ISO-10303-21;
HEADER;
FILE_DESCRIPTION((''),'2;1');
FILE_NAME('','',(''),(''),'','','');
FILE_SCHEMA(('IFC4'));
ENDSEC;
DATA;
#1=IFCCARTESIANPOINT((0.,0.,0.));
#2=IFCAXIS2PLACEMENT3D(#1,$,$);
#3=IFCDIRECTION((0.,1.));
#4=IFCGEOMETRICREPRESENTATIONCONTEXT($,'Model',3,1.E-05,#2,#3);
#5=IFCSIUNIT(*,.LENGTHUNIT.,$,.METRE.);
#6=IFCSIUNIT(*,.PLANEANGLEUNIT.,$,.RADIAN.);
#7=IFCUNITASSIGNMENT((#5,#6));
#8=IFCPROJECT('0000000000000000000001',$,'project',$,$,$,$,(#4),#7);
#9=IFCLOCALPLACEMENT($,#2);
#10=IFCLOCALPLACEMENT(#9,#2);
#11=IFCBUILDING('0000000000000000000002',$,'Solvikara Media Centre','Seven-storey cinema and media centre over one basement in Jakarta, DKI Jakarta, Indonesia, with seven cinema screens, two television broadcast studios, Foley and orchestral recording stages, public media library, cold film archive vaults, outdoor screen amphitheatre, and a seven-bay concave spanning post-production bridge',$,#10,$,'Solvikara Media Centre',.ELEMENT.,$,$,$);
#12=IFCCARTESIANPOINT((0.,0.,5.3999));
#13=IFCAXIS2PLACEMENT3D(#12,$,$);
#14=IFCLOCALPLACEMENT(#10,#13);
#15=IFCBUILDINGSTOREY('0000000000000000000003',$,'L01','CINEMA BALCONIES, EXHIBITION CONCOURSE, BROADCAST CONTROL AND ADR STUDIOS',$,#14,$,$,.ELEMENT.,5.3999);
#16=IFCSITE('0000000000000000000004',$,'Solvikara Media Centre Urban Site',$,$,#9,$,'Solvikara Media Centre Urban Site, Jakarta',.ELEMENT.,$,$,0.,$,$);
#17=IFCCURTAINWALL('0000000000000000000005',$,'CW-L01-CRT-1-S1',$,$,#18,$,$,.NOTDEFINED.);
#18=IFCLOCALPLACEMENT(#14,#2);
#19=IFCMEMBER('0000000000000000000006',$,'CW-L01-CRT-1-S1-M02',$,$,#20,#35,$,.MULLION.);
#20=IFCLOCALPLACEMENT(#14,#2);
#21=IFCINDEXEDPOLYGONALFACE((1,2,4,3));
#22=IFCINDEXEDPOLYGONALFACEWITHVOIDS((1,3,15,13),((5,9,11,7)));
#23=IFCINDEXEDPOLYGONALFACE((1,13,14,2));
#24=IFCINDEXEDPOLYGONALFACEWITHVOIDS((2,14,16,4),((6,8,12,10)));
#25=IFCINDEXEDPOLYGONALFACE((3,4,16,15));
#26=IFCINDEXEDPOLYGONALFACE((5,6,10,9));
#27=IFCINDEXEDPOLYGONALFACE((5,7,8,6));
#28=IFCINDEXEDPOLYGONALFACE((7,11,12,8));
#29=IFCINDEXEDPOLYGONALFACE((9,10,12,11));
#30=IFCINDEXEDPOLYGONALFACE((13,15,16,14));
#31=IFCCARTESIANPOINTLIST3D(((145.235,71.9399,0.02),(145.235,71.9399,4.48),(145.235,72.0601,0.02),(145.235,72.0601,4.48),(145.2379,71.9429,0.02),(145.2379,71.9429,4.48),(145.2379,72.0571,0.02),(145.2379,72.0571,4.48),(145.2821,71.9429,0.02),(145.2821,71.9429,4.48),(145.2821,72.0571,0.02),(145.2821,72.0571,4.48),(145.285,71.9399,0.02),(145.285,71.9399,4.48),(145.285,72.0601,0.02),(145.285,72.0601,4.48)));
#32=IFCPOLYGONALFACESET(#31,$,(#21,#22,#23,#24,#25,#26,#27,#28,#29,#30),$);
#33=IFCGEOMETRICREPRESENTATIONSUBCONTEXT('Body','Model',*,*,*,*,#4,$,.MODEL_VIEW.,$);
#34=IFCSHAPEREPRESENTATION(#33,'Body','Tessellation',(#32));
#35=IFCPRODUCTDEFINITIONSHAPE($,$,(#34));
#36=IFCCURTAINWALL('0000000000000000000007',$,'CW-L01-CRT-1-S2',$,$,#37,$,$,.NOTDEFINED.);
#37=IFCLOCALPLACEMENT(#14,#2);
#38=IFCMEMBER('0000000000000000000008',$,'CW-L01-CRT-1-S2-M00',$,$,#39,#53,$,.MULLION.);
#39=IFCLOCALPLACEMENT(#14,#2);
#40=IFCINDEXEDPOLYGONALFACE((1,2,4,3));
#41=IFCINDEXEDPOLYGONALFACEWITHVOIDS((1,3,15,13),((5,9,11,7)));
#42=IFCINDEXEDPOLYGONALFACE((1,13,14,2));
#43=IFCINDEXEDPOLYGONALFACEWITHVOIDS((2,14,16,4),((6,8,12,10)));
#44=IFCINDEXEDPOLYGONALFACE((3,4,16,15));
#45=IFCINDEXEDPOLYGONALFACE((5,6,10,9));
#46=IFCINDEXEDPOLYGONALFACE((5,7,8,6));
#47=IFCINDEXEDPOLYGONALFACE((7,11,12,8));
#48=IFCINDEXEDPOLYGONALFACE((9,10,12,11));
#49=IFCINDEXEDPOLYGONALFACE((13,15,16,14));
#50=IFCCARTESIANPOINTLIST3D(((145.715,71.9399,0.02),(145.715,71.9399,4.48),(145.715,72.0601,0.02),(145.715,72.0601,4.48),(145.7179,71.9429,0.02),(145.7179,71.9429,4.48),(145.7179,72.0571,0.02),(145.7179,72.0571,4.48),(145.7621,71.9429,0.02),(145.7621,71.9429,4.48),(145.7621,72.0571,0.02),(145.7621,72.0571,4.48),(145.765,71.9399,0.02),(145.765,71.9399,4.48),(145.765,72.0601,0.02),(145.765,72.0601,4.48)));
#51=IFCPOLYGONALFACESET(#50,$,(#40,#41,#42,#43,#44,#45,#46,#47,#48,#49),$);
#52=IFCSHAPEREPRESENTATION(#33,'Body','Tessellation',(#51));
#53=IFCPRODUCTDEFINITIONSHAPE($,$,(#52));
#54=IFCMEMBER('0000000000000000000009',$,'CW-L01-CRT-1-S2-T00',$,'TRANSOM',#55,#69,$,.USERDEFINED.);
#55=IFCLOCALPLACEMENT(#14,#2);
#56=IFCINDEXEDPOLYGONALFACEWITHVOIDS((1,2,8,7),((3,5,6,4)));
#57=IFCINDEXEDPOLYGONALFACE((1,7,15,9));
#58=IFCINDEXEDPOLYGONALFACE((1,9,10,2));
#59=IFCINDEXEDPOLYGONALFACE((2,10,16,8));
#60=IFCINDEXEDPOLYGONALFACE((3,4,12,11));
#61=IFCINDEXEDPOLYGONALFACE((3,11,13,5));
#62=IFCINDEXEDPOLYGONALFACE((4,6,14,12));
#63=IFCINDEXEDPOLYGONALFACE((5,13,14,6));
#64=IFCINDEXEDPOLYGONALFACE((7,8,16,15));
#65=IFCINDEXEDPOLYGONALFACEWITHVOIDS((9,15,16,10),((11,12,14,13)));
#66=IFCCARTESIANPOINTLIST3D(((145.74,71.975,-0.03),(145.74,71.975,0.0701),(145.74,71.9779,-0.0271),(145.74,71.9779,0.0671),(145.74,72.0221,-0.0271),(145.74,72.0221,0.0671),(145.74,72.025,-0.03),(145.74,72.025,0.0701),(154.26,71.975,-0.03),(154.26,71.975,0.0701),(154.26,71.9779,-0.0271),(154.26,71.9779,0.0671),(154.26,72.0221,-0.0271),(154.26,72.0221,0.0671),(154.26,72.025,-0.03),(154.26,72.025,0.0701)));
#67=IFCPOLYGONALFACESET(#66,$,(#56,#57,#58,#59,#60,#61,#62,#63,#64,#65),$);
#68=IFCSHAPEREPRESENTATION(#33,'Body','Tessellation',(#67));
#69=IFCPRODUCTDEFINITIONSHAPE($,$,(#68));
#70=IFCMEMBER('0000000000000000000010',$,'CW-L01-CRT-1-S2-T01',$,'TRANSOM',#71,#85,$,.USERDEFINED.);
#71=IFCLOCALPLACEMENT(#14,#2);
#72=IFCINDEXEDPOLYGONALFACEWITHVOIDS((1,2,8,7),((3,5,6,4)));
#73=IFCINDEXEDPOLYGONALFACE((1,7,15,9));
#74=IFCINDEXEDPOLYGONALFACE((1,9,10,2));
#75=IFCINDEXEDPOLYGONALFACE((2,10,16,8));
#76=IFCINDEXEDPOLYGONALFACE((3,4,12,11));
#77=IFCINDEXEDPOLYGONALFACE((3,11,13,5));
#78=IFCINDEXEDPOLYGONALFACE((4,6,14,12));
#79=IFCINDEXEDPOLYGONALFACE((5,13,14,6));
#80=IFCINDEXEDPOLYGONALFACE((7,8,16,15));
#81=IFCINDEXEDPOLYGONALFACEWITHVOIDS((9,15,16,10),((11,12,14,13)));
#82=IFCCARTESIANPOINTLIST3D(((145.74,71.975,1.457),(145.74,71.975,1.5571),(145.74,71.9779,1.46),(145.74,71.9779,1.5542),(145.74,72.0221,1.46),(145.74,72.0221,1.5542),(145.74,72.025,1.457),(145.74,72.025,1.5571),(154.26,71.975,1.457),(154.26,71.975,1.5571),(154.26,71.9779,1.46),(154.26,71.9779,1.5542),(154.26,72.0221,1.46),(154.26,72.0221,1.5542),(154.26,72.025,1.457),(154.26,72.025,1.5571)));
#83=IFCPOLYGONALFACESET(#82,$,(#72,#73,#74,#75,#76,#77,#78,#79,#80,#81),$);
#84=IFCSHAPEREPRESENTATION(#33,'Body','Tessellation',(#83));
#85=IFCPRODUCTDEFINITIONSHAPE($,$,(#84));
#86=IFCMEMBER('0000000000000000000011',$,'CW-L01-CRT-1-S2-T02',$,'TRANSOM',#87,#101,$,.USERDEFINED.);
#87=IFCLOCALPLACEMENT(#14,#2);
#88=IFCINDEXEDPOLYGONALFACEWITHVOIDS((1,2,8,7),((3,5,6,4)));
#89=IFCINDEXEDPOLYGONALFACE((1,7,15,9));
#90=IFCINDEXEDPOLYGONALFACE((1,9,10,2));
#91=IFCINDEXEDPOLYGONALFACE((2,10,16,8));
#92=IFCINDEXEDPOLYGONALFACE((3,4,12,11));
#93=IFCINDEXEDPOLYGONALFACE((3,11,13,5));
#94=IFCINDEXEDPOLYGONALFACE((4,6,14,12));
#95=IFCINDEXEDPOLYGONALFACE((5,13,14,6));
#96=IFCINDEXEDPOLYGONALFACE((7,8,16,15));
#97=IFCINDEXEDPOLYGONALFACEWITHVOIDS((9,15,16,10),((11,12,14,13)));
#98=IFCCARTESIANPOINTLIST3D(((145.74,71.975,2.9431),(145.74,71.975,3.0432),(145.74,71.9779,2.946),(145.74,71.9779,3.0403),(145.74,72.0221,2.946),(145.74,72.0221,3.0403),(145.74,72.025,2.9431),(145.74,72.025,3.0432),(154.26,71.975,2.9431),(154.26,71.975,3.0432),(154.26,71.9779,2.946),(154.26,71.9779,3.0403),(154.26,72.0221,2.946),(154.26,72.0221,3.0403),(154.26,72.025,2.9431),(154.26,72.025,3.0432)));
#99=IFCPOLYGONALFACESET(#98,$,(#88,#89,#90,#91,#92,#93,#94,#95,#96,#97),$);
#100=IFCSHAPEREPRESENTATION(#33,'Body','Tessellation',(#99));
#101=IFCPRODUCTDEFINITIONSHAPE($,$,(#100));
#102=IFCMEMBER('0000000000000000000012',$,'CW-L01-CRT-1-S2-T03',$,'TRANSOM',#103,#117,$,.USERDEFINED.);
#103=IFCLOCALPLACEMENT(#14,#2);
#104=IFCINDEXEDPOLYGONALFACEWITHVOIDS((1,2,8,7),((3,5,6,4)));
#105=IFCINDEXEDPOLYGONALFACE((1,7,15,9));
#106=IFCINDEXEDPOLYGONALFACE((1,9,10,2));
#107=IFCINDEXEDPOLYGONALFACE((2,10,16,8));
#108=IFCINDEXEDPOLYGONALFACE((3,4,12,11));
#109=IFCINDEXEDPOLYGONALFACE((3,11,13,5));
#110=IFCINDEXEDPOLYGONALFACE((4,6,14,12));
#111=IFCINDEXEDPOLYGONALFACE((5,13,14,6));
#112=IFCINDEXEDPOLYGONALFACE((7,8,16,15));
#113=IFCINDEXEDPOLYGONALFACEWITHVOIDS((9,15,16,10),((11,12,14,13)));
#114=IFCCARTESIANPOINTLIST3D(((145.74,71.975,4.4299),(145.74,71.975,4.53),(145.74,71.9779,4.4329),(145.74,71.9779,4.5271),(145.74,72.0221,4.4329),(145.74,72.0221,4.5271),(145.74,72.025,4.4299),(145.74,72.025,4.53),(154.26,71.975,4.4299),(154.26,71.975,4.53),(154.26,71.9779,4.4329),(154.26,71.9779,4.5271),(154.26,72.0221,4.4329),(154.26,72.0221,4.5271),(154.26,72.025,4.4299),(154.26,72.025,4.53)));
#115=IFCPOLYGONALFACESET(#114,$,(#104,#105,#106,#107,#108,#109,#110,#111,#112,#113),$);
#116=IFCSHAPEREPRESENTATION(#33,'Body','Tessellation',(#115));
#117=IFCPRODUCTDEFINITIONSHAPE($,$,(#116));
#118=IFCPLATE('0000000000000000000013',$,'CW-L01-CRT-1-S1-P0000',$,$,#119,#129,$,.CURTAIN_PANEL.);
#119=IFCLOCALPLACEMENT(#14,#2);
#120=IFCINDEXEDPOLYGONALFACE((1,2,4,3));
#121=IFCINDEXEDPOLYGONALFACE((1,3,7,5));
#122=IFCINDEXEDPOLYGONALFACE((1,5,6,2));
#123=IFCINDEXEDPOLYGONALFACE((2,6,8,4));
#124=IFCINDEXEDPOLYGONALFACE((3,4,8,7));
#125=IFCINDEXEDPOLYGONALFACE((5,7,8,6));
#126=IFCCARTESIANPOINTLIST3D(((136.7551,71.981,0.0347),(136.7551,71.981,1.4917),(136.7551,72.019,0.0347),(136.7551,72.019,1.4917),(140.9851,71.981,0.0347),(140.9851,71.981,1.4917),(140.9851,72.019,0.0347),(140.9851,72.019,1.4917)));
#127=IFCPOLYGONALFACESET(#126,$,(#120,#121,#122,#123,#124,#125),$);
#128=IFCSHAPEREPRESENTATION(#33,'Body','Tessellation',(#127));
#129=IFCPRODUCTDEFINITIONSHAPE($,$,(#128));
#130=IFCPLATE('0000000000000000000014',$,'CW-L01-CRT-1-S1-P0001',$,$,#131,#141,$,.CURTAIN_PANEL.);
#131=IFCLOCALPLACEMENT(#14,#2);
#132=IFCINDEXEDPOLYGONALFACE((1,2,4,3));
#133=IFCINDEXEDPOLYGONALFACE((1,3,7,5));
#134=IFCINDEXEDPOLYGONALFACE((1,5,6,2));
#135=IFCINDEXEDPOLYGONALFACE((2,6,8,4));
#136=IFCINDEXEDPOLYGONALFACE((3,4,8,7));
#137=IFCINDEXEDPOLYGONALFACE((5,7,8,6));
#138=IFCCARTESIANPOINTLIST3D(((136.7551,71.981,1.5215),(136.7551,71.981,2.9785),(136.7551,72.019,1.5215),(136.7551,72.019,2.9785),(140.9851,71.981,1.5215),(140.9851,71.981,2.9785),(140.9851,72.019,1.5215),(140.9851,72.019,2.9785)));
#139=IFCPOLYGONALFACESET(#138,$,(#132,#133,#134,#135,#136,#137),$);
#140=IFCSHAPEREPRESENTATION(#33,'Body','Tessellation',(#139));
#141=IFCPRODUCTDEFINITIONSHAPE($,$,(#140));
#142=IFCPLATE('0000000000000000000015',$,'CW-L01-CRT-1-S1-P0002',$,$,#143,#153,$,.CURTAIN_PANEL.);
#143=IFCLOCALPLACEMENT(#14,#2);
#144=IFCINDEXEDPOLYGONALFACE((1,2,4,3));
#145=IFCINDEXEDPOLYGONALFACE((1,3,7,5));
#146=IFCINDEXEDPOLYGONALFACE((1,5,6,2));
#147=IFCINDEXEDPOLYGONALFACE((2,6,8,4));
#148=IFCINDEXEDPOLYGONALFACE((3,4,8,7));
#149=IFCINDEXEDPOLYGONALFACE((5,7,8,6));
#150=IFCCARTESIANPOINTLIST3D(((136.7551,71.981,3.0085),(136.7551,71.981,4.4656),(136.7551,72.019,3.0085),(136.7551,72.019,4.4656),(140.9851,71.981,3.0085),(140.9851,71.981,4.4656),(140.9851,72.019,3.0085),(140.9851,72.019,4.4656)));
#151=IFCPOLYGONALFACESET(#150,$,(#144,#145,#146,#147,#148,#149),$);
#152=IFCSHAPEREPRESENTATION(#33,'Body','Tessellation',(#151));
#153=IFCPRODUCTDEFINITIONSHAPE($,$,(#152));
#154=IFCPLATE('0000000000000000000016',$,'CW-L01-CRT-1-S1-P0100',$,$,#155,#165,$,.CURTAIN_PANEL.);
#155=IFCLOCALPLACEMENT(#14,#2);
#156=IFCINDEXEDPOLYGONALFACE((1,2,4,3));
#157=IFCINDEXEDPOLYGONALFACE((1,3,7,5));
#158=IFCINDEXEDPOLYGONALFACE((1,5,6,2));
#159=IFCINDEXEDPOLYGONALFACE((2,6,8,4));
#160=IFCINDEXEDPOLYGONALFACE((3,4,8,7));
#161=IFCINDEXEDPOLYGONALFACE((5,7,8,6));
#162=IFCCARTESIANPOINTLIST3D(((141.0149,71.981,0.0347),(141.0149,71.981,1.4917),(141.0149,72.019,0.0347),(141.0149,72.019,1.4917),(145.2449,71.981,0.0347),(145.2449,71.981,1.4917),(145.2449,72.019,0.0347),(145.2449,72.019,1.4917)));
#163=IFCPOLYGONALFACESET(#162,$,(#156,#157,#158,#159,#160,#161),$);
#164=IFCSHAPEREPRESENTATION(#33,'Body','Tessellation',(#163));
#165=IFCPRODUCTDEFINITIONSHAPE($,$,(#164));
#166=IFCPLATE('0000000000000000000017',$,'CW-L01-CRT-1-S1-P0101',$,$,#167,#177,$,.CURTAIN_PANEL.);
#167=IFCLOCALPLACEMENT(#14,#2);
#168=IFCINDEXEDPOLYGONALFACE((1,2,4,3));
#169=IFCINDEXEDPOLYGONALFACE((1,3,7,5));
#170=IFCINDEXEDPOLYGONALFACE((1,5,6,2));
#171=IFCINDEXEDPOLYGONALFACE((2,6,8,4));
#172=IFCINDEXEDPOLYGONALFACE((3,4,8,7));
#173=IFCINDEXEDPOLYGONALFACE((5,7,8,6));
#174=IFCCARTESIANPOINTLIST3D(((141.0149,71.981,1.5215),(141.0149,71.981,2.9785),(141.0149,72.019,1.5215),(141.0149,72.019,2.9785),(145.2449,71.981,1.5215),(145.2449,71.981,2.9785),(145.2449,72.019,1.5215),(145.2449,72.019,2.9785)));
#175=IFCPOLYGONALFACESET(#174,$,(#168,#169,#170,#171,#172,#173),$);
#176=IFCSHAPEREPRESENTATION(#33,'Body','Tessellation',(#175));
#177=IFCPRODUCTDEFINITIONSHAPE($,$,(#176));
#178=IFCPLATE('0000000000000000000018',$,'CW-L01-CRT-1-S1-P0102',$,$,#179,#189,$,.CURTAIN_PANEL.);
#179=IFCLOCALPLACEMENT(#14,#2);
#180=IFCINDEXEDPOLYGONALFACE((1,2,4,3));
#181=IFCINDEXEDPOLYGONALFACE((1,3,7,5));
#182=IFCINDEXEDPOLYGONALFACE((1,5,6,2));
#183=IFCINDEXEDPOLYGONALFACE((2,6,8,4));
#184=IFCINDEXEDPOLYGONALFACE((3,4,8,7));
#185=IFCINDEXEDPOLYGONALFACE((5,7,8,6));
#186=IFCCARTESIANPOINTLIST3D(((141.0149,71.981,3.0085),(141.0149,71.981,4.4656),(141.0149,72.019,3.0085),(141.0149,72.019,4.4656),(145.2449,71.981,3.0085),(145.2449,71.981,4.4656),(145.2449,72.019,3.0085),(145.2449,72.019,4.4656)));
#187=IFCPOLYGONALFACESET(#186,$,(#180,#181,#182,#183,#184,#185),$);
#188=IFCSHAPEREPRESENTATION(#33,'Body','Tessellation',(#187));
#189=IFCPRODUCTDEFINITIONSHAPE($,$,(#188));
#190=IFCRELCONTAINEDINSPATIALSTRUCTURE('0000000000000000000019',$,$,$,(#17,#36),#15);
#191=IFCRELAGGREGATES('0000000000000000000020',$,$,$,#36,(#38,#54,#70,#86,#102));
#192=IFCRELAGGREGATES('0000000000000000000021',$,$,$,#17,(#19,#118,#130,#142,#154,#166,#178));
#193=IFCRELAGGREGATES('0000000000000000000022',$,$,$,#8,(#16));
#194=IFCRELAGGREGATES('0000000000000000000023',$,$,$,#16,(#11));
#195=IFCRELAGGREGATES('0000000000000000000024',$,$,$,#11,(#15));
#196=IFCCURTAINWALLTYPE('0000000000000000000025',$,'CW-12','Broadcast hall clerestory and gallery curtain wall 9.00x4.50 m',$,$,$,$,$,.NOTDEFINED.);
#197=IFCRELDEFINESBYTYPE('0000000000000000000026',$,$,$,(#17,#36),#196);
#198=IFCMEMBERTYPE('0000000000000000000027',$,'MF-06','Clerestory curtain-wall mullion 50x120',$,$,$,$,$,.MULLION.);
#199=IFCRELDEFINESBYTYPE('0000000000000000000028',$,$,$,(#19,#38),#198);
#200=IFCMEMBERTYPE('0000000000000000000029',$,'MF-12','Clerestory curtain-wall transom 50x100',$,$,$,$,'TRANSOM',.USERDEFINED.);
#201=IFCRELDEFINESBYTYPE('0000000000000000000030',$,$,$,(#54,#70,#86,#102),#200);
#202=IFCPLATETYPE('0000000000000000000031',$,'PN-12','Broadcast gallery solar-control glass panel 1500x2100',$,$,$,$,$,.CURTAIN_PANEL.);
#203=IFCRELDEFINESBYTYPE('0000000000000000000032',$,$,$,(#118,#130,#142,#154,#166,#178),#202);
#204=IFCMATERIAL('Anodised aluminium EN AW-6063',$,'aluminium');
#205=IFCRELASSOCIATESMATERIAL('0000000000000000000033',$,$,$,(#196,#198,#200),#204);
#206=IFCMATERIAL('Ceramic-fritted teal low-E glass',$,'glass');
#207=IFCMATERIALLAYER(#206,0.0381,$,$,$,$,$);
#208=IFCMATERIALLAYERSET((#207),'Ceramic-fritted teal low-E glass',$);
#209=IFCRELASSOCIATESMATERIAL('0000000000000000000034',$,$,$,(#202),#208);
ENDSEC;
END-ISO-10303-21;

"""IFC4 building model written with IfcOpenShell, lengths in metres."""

from ifc_helpers import new_model, si_unit, direction, frame, origin, origin_2d, place, context, subcontext, project, spatial, rectangle, hollow_rectangle, extrude, material, layer, layer_set, material_profile, profile_set, type_object, element, aggregate, save


model = new_model("IFC4")

# Units and contexts
model_context = context("Model", 3, precision=1e-05, world=origin(), true_north=direction((0.0, 1.0)))
body_context = subcontext(model_context, "Body", "Model", "MODEL_VIEW")
ifc_project = project(units=[si_unit("LENGTHUNIT", "METRE"), si_unit("PLANEANGLEUNIT", "RADIAN")], contexts=[model_context])

# Site, building, storey
site_placement = place(None, origin())
site = spatial("IfcSite", under=ifc_project, at=site_placement, Name="Solvikara Media Centre Urban Site", LongName="Solvikara Media Centre Urban Site, Jakarta", CompositionType="ELEMENT", RefElevation=0.0)
building_placement = place(site_placement, origin())
building = spatial("IfcBuilding", under=site, at=building_placement, Name="Solvikara Media Centre", Description="Seven-storey cinema and media centre over one basement in Jakarta, DKI Jakarta, Indonesia, with seven cinema screens, two television broadcast studios, Foley and orchestral recording stages, public media library, cold film archive vaults, outdoor screen amphitheatre, and a seven-bay concave spanning post-production bridge", LongName="Solvikara Media Centre", CompositionType="ELEMENT")
storey_placement = place(building_placement, frame((0.0, 0.0, 5.3999)))
storey = spatial("IfcBuildingStorey", under=building, at=storey_placement, Name="L01", Description="CINEMA BALCONIES, EXHIBITION CONCOURSE, BROADCAST CONTROL AND ADR STUDIOS", CompositionType="ELEMENT", Elevation=5.3999)

# Curtain walls, members
ifc_material_1 = material(Name="Anodised aluminium EN AW-6063", Category="aluminium")
curtain_wall_type = type_object("IfcCurtainWallType", Name="CW-12", Description="Broadcast hall clerestory and gallery curtain wall 9.00x4.50 m", PredefinedType="NOTDEFINED", material=ifc_material_1)
curtain_wall_1_placement = place(storey_placement, origin())
curtain_wall_1 = element("IfcCurtainWall", 1, at=curtain_wall_1_placement, inside=storey, type_object=curtain_wall_type, Name="CW-L01-CRT-1-S1", PredefinedType="NOTDEFINED")
ifc_material_profile_1 = material_profile(ifc_material_1, hollow_rectangle(XDim=0.05, YDim=0.1201, WallThickness=0.0029, at=origin_2d()), Name="ALU-M 50x120x3")
ifc_profile_set_1 = profile_set([ifc_material_profile_1], Name="Anodised aluminium EN AW-6063")
member_type_1 = type_object("IfcMemberType", Name="MF-06", Description="Clerestory curtain-wall mullion 50x120", PredefinedType="MULLION", material=ifc_profile_set_1)
member_1_placement = place(storey_placement, frame((145.26, 72.0, 0.02), z_axis=(0.0, 0.0, 1.0), x_axis=(1.0, 0.0, 0.0)))
member_1 = element("IfcMember", 2, at=member_1_placement, type_object=member_type_1, Name="CW-L01-CRT-1-S1-M02", PredefinedType="MULLION", context=body_context, shape_type="SweptSolid", body=[
    extrude(hollow_rectangle(XDim=0.05, YDim=0.1201, WallThickness=0.0029, at=origin_2d()), origin(), (0.0, 0.0, 1.0), 4.46),
])
curtain_wall_2_placement = place(storey_placement, origin())
curtain_wall_2 = element("IfcCurtainWall", 3, at=curtain_wall_2_placement, inside=storey, type_object=curtain_wall_type, Name="CW-L01-CRT-1-S2", PredefinedType="NOTDEFINED")
member_2_placement = place(storey_placement, frame((145.74, 72.0, 0.02), z_axis=(0.0, 0.0, 1.0), x_axis=(1.0, 0.0, 0.0)))
member_2 = element("IfcMember", 4, at=member_2_placement, type_object=member_type_1, Name="CW-L01-CRT-1-S2-M00", PredefinedType="MULLION", context=body_context, shape_type="SweptSolid", body=[
    extrude(hollow_rectangle(XDim=0.05, YDim=0.1201, WallThickness=0.0029, at=origin_2d()), origin(), (0.0, 0.0, 1.0), 4.46),
])
ifc_material_profile_2 = material_profile(ifc_material_1, hollow_rectangle(XDim=0.05, YDim=0.1001, WallThickness=0.0029, at=origin_2d()), Name="ALU-T 50x100x3")
ifc_profile_set_2 = profile_set([ifc_material_profile_2], Name="Anodised aluminium EN AW-6063")
member_type_2 = type_object("IfcMemberType", Name="MF-12", Description="Clerestory curtain-wall transom 50x100", ElementType="TRANSOM", PredefinedType="USERDEFINED", material=ifc_profile_set_2)
member_3_placement = place(storey_placement, frame((145.74, 72.0, 0.02), z_axis=(1.0, 0.0, 0.0), x_axis=(0.0, 1.0, 0.0)))
member_3 = element("IfcMember", 5, at=member_3_placement, type_object=member_type_2, Name="CW-L01-CRT-1-S2-T00", ObjectType="TRANSOM", PredefinedType="USERDEFINED", context=body_context, shape_type="SweptSolid", body=[
    extrude(hollow_rectangle(XDim=0.05, YDim=0.1001, WallThickness=0.0029, at=origin_2d()), origin(), (0.0, 0.0, 1.0), 8.52),
])
member_4_placement = place(storey_placement, frame((145.74, 72.0, 1.5071), z_axis=(1.0, 0.0, 0.0), x_axis=(0.0, 1.0, 0.0)))
member_4 = element("IfcMember", 6, at=member_4_placement, type_object=member_type_2, Name="CW-L01-CRT-1-S2-T01", ObjectType="TRANSOM", PredefinedType="USERDEFINED", context=body_context, shape_type="SweptSolid", body=[
    extrude(hollow_rectangle(XDim=0.05, YDim=0.1001, WallThickness=0.0029, at=origin_2d()), origin(), (0.0, 0.0, 1.0), 8.52),
])
member_5_placement = place(storey_placement, frame((145.74, 72.0, 2.9932), z_axis=(1.0, 0.0, 0.0), x_axis=(0.0, 1.0, 0.0)))
member_5 = element("IfcMember", 7, at=member_5_placement, type_object=member_type_2, Name="CW-L01-CRT-1-S2-T02", ObjectType="TRANSOM", PredefinedType="USERDEFINED", context=body_context, shape_type="SweptSolid", body=[
    extrude(hollow_rectangle(XDim=0.05, YDim=0.1001, WallThickness=0.0029, at=origin_2d()), origin(), (0.0, 0.0, 1.0), 8.52),
])
member_6_placement = place(storey_placement, frame((145.74, 72.0, 4.48), z_axis=(1.0, 0.0, 0.0), x_axis=(0.0, 1.0, 0.0)))
member_6 = element("IfcMember", 8, at=member_6_placement, type_object=member_type_2, Name="CW-L01-CRT-1-S2-T03", ObjectType="TRANSOM", PredefinedType="USERDEFINED", context=body_context, shape_type="SweptSolid", body=[
    extrude(hollow_rectangle(XDim=0.05, YDim=0.1001, WallThickness=0.0029, at=origin_2d()), origin(), (0.0, 0.0, 1.0), 8.52),
])
aggregate(curtain_wall_2, [member_2, member_3, member_4, member_5, member_6])

# Plates
ifc_material_2 = material(Name="Ceramic-fritted teal low-E glass", Category="glass")
ifc_layer = layer(ifc_material_2, 0.0381)
ifc_layer_set = layer_set([ifc_layer], Name="Ceramic-fritted teal low-E glass")
plate_type = type_object("IfcPlateType", Name="PN-12", Description="Broadcast gallery solar-control glass panel 1500x2100", PredefinedType="CURTAIN_PANEL", material=ifc_layer_set)
plate_1_placement = place(storey_placement, frame((138.8701, 72.0, 0.0347), z_axis=(0.0, 0.0, 1.0), x_axis=(1.0, 0.0, 0.0)))
plate_1 = element("IfcPlate", 9, at=plate_1_placement, type_object=plate_type, Name="CW-L01-CRT-1-S1-P0000", PredefinedType="CURTAIN_PANEL", context=body_context, shape_type="SweptSolid", body=[
    extrude(rectangle(XDim=4.23, YDim=0.0381, at=origin_2d()), origin(), (0.0, 0.0, 1.0), 1.457),
])
plate_2_placement = place(storey_placement, frame((138.8701, 72.0, 1.5215), z_axis=(0.0, 0.0, 1.0), x_axis=(1.0, 0.0, 0.0)))
plate_2 = element("IfcPlate", 10, at=plate_2_placement, type_object=plate_type, Name="CW-L01-CRT-1-S1-P0001", PredefinedType="CURTAIN_PANEL", context=body_context, shape_type="SweptSolid", body=[
    extrude(rectangle(XDim=4.23, YDim=0.0381, at=origin_2d()), origin(), (0.0, 0.0, 1.0), 1.457),
])
plate_3_placement = place(storey_placement, frame((138.8701, 72.0, 3.0085), z_axis=(0.0, 0.0, 1.0), x_axis=(1.0, 0.0, 0.0)))
plate_3 = element("IfcPlate", 11, at=plate_3_placement, type_object=plate_type, Name="CW-L01-CRT-1-S1-P0002", PredefinedType="CURTAIN_PANEL", context=body_context, shape_type="SweptSolid", body=[
    extrude(rectangle(XDim=4.23, YDim=0.0381, at=origin_2d()), origin(), (0.0, 0.0, 1.0), 1.457),
])
plate_4_placement = place(storey_placement, frame((143.1299, 72.0, 0.0347), z_axis=(0.0, 0.0, 1.0), x_axis=(1.0, 0.0, 0.0)))
plate_4 = element("IfcPlate", 12, at=plate_4_placement, type_object=plate_type, Name="CW-L01-CRT-1-S1-P0100", PredefinedType="CURTAIN_PANEL", context=body_context, shape_type="SweptSolid", body=[
    extrude(rectangle(XDim=4.23, YDim=0.0381, at=origin_2d()), origin(), (0.0, 0.0, 1.0), 1.457),
])
plate_5_placement = place(storey_placement, frame((143.1299, 72.0, 1.5215), z_axis=(0.0, 0.0, 1.0), x_axis=(1.0, 0.0, 0.0)))
plate_5 = element("IfcPlate", 13, at=plate_5_placement, type_object=plate_type, Name="CW-L01-CRT-1-S1-P0101", PredefinedType="CURTAIN_PANEL", context=body_context, shape_type="SweptSolid", body=[
    extrude(rectangle(XDim=4.23, YDim=0.0381, at=origin_2d()), origin(), (0.0, 0.0, 1.0), 1.457),
])
plate_6_placement = place(storey_placement, frame((143.1299, 72.0, 3.0085), z_axis=(0.0, 0.0, 1.0), x_axis=(1.0, 0.0, 0.0)))
plate_6 = element("IfcPlate", 14, at=plate_6_placement, type_object=plate_type, Name="CW-L01-CRT-1-S1-P0102", PredefinedType="CURTAIN_PANEL", context=body_context, shape_type="SweptSolid", body=[
    extrude(rectangle(XDim=4.23, YDim=0.0381, at=origin_2d()), origin(), (0.0, 0.0, 1.0), 1.457),
])
aggregate(curtain_wall_1, [member_1, plate_1, plate_2, plate_3, plate_4, plate_5, plate_6])

save(model, "model.ifc")
